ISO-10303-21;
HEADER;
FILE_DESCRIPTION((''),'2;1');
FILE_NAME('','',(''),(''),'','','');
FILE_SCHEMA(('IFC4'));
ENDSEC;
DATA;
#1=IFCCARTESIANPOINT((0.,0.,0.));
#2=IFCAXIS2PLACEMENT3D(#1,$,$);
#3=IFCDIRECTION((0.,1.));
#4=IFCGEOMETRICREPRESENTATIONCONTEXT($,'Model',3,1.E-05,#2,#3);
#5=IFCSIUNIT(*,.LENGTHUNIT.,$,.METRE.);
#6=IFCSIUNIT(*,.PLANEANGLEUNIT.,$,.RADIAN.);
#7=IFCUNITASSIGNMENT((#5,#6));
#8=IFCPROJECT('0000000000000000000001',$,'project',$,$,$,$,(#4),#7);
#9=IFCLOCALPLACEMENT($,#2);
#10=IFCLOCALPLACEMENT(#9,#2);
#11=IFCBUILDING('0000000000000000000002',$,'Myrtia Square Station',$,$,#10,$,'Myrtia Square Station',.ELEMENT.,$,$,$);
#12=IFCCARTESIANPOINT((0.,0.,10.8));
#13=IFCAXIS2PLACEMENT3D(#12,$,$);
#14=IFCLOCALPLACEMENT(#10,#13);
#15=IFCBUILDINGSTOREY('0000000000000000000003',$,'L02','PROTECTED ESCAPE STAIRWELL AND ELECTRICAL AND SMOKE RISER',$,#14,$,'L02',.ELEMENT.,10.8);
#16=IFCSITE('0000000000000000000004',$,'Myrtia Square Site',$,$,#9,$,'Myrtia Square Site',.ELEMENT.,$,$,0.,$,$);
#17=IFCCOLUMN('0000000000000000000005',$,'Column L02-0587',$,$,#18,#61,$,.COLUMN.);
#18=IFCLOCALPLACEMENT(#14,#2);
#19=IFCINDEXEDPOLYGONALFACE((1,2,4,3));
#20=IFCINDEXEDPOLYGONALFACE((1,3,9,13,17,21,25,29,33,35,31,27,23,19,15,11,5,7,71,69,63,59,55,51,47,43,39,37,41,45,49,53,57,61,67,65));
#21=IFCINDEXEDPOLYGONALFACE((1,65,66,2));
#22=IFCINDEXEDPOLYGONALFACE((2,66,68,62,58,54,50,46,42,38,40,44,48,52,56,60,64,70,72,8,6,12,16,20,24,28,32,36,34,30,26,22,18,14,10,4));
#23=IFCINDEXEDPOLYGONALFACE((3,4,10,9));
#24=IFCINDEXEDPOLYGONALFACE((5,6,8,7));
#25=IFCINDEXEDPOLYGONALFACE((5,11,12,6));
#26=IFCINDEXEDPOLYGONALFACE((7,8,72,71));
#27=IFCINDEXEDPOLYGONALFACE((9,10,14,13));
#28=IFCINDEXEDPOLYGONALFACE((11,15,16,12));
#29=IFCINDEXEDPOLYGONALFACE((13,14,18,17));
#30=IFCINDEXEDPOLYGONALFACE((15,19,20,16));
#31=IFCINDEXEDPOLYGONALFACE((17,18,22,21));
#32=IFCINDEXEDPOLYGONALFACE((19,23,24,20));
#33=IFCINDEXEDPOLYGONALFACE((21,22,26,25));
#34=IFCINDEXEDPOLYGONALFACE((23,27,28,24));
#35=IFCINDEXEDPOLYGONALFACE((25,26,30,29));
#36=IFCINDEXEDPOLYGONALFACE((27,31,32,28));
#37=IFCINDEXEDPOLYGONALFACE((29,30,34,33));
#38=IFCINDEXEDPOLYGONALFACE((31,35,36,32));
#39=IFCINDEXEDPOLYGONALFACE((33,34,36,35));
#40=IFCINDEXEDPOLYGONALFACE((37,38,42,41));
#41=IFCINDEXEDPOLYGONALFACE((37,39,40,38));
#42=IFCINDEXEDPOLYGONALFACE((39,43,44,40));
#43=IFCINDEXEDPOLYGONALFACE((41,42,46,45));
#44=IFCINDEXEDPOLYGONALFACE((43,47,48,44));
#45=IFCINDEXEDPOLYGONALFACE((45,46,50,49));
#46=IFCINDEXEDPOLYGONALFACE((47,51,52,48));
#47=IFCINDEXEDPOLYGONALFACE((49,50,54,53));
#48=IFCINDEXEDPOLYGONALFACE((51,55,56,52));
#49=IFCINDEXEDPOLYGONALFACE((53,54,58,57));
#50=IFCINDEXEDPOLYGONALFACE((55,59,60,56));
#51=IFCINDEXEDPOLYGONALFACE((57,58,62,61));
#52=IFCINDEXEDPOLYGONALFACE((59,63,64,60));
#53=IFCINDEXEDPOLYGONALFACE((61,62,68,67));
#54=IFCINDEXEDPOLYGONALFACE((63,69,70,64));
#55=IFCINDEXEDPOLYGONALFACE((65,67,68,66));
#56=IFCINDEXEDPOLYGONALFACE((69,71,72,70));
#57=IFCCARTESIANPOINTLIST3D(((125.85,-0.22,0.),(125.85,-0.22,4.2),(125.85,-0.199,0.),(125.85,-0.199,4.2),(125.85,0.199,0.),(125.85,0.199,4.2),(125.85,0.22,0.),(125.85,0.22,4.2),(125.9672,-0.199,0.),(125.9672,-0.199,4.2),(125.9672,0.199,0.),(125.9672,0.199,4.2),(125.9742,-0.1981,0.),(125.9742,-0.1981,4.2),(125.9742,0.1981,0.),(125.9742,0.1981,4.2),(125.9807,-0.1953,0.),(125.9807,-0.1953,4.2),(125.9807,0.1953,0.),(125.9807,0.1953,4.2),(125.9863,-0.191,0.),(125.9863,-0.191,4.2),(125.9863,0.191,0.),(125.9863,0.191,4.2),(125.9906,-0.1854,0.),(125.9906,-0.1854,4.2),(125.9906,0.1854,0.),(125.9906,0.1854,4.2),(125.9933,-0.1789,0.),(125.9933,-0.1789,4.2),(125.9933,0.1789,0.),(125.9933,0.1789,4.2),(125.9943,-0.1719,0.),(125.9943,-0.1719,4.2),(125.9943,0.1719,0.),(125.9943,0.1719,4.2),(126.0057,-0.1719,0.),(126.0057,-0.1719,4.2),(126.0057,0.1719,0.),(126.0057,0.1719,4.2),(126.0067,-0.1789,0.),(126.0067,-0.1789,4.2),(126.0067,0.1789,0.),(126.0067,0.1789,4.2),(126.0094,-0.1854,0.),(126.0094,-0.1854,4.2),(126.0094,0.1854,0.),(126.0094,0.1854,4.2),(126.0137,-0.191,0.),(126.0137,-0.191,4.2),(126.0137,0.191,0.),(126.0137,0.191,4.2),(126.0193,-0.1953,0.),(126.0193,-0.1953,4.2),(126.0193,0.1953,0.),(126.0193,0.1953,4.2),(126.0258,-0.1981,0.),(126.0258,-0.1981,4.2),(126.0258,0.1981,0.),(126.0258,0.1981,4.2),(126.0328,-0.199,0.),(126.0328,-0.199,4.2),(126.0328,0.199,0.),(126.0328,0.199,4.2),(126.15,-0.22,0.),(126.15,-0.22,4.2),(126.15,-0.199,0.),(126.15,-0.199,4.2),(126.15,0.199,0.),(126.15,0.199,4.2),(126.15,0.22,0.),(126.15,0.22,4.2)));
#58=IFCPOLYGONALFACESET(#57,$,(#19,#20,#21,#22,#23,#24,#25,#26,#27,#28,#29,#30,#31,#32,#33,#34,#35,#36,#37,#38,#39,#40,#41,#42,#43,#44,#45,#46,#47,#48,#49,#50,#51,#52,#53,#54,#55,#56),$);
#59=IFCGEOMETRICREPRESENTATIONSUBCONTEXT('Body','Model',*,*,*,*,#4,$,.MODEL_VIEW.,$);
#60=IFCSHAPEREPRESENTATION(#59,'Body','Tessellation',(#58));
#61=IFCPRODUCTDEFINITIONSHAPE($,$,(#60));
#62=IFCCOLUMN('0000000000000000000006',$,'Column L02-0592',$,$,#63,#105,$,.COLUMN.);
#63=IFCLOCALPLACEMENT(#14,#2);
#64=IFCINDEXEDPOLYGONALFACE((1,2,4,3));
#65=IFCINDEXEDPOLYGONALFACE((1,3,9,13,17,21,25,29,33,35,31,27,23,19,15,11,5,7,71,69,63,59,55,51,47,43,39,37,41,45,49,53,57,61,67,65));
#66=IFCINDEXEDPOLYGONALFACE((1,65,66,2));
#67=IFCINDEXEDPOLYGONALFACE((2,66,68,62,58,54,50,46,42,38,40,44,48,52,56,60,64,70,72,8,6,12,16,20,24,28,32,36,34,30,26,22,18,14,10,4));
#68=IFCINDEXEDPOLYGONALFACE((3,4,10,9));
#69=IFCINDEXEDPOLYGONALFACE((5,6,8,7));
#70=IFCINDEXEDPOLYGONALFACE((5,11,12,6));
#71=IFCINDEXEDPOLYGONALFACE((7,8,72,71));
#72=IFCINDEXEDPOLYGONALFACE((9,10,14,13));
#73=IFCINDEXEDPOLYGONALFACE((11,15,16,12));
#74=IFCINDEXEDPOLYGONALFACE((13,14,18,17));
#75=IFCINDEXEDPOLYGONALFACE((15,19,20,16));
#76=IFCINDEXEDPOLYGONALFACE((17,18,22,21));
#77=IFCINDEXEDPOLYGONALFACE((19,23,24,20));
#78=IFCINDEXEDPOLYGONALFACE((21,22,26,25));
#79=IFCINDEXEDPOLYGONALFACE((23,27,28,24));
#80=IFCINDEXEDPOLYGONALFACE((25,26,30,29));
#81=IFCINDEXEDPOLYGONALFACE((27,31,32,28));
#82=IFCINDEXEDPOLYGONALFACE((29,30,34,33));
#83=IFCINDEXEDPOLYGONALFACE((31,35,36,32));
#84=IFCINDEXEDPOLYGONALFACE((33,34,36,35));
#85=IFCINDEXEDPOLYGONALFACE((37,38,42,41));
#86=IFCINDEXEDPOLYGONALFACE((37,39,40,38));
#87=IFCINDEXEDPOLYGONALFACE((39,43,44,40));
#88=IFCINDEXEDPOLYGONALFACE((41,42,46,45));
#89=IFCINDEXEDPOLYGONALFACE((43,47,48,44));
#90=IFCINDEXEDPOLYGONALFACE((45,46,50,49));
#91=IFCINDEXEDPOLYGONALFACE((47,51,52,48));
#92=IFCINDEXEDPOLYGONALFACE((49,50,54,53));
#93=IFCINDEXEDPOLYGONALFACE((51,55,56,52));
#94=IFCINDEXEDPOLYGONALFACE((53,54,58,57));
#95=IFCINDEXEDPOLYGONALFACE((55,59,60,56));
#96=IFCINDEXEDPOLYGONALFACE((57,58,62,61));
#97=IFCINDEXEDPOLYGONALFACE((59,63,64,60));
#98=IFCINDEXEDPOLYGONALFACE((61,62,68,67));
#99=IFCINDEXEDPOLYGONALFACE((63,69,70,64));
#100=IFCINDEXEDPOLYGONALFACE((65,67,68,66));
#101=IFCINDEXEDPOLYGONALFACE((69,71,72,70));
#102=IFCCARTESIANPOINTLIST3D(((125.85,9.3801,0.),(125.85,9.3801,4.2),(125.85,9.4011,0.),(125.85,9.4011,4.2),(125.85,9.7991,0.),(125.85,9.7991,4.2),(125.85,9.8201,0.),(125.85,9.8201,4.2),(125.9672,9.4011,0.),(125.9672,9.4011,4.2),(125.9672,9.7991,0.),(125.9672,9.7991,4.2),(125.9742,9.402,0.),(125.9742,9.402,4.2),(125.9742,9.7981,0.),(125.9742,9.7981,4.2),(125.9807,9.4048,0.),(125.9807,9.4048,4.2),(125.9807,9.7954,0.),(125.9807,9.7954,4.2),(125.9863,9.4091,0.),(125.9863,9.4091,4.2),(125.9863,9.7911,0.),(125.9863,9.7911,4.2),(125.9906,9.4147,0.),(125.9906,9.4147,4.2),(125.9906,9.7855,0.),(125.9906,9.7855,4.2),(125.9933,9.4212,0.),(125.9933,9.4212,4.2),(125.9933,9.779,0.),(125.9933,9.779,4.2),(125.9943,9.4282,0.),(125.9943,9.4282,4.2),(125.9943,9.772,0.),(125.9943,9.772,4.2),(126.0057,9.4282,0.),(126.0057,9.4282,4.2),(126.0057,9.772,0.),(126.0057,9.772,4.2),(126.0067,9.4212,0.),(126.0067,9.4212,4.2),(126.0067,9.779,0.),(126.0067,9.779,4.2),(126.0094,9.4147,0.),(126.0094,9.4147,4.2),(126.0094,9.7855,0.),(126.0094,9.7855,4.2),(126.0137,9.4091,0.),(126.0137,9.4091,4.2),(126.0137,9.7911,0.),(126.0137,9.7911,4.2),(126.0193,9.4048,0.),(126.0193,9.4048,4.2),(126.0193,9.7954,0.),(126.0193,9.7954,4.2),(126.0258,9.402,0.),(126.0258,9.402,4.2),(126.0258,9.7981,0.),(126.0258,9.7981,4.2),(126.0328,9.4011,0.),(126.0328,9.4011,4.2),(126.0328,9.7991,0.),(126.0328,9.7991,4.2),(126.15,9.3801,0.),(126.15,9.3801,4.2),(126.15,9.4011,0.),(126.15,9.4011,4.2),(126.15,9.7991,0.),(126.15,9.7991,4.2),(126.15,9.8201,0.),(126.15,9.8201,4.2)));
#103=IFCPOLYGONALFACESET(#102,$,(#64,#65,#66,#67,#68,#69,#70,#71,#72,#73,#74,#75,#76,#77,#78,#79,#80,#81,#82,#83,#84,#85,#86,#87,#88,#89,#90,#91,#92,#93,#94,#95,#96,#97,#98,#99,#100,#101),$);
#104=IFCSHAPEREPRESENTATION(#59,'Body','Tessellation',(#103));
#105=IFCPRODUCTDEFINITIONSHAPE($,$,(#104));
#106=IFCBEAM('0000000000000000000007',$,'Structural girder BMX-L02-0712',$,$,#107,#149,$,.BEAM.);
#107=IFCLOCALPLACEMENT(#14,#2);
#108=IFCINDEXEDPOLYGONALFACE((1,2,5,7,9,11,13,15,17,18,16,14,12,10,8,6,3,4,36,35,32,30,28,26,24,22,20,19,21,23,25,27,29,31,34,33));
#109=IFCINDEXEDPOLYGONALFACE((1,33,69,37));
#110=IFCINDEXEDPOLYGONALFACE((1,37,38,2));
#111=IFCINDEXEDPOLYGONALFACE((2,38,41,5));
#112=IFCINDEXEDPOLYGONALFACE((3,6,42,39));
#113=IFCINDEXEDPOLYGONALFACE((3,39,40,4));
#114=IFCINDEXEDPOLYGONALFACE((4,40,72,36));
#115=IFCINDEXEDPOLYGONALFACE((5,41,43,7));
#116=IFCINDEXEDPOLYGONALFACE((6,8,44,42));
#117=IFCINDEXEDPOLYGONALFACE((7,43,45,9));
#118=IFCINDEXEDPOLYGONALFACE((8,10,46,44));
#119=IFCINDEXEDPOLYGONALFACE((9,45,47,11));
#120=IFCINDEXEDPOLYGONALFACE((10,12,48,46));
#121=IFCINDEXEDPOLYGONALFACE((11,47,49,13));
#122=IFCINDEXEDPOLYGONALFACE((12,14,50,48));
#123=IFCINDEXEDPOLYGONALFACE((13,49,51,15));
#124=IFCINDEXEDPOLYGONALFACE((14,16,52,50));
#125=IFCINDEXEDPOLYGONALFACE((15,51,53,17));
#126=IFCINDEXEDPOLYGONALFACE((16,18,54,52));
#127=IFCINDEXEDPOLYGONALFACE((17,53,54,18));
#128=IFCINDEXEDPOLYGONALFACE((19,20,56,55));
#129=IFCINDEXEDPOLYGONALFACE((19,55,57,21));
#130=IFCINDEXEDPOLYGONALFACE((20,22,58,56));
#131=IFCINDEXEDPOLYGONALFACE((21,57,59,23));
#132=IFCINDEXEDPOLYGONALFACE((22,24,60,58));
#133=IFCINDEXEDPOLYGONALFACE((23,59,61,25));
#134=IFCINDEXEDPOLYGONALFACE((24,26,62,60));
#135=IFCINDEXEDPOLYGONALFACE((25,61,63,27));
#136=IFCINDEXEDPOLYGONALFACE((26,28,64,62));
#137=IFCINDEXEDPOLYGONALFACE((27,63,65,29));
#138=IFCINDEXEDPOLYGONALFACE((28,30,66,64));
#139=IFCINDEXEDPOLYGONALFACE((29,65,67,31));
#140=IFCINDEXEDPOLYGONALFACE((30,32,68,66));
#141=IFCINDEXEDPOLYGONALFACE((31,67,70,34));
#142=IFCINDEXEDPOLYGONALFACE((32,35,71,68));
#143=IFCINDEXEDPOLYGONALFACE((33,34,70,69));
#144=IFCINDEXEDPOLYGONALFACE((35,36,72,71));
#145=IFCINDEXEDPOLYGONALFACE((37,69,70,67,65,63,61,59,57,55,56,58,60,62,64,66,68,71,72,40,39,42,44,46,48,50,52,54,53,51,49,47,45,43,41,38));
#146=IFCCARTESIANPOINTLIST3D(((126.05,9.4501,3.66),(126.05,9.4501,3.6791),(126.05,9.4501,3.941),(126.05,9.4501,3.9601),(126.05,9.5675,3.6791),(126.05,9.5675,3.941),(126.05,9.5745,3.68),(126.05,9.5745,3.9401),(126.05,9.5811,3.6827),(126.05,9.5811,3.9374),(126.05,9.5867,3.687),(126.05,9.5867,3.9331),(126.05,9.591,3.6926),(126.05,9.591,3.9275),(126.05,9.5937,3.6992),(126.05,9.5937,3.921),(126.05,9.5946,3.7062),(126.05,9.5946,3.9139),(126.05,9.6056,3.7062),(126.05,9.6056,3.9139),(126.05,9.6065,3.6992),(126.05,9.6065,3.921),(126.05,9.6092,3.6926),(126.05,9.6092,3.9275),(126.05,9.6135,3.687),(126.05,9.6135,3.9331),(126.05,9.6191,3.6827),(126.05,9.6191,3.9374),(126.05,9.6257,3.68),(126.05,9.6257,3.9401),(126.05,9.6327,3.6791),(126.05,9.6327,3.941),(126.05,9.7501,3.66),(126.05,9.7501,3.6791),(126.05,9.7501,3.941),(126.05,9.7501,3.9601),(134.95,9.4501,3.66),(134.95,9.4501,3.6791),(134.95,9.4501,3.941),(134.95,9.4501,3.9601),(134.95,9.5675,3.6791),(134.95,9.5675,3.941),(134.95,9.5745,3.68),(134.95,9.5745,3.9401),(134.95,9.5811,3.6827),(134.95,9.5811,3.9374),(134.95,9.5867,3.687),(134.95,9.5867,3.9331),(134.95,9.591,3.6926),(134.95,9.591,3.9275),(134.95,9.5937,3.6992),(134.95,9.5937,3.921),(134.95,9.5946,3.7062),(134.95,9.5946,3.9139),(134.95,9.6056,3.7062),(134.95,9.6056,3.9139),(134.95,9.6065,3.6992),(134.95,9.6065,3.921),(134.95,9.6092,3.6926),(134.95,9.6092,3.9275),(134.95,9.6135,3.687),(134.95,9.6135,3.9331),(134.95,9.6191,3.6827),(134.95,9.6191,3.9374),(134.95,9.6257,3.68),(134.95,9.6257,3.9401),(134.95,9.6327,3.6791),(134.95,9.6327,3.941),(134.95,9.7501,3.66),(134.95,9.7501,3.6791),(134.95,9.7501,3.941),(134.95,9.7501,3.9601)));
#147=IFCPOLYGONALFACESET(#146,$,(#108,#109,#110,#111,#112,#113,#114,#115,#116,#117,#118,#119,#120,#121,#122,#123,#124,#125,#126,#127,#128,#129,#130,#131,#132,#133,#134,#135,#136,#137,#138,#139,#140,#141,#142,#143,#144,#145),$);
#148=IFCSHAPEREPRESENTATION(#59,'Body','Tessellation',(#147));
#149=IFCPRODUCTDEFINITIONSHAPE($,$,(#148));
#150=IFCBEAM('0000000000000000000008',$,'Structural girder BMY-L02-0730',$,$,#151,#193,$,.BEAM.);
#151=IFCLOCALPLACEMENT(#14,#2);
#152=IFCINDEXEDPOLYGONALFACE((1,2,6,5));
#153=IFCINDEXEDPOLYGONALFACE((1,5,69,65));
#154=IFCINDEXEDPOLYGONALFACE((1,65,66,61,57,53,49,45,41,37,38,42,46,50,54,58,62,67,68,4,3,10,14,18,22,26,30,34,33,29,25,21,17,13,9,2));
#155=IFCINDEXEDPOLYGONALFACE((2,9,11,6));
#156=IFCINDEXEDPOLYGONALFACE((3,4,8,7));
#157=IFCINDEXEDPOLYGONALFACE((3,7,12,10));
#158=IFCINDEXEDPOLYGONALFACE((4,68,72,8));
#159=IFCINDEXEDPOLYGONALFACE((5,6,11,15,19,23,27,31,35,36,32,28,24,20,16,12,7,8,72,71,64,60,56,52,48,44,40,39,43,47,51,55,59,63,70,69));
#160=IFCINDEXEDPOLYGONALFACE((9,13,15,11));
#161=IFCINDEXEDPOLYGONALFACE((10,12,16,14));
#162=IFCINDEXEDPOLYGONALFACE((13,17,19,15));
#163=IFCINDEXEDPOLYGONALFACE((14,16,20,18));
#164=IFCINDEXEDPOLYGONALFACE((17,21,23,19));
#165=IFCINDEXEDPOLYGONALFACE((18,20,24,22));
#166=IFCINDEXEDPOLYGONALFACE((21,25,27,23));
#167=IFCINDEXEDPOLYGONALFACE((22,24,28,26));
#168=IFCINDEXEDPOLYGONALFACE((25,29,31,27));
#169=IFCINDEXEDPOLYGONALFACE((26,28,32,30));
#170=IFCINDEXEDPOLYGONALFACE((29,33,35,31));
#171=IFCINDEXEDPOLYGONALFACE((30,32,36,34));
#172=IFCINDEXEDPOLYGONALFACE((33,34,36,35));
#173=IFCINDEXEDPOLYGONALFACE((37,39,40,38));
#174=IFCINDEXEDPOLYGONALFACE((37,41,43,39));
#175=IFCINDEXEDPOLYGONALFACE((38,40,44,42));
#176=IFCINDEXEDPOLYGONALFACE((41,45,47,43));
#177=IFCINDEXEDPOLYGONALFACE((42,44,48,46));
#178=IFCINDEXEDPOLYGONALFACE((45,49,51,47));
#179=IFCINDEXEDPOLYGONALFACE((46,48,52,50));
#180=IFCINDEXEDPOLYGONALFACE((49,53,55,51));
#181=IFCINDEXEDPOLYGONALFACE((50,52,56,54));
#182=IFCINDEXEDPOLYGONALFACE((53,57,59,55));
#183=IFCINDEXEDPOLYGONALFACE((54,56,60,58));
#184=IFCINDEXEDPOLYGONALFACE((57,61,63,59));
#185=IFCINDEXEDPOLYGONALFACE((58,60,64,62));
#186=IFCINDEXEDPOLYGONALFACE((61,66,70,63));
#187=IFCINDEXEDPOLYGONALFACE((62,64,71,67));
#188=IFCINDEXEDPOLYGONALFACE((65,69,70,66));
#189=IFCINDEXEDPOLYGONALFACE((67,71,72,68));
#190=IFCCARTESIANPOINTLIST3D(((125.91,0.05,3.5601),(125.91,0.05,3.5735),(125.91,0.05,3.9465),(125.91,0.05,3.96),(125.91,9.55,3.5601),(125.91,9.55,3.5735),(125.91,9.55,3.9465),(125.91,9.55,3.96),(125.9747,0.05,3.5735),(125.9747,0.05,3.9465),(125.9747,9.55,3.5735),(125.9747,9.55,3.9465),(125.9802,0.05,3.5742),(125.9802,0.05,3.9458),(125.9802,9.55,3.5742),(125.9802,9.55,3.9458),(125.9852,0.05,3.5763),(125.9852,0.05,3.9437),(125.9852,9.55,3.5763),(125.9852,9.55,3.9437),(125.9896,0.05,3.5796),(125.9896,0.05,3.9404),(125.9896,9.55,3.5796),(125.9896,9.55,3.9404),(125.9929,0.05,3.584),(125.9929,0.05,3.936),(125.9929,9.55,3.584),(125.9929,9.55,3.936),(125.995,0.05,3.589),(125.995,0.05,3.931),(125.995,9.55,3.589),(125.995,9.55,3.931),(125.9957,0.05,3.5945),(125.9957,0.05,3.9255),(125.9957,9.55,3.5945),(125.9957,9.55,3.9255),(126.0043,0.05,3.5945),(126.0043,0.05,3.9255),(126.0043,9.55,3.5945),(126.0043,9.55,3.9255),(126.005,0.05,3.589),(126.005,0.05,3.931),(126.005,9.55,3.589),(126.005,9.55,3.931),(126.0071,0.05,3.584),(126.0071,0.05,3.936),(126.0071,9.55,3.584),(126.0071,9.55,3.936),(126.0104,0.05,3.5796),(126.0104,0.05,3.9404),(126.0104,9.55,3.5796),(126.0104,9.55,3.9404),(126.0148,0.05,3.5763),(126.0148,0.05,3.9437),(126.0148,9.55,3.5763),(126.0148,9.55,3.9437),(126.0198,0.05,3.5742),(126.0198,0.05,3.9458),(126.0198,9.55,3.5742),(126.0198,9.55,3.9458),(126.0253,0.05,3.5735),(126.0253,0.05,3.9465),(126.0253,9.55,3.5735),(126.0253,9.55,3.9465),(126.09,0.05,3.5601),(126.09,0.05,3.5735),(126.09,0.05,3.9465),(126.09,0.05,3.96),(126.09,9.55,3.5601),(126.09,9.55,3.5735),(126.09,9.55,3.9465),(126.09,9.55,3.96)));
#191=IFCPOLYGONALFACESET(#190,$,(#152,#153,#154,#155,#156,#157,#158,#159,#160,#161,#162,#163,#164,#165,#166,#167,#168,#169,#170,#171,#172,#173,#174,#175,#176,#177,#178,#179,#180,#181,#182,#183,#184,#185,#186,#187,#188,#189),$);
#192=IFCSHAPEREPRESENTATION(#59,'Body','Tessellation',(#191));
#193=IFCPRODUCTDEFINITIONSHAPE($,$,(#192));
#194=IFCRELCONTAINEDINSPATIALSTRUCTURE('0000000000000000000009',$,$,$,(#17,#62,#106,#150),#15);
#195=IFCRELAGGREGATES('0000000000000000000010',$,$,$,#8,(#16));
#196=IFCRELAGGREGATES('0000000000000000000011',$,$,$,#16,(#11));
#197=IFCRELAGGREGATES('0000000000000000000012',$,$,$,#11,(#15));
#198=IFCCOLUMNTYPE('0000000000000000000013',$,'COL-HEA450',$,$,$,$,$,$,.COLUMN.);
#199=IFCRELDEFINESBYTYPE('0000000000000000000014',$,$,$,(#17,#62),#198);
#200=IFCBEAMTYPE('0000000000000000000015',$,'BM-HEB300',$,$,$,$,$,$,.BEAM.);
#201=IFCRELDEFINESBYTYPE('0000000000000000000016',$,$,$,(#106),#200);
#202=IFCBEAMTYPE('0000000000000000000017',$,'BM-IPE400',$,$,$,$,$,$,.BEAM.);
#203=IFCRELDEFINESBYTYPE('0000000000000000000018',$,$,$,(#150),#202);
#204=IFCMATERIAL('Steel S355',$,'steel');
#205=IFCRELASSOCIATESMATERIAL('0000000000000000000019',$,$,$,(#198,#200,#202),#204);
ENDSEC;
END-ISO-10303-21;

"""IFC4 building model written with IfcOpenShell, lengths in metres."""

from ifc_helpers import new_model, si_unit, direction, frame, origin, origin_2d, place, context, subcontext, project, spatial, i_section, extrude, material, material_profile, profile_set, type_object, element, save


model = new_model("IFC4")

# Units and contexts
model_context = context("Model", 3, precision=1e-05, world=origin(), true_north=direction((0.0, 1.0)))
body_context = subcontext(model_context, "Body", "Model", "MODEL_VIEW")
ifc_project = project(units=[si_unit("LENGTHUNIT", "METRE"), si_unit("PLANEANGLEUNIT", "RADIAN")], contexts=[model_context])

# Site, building, storey
site_placement = place(None, origin())
site = spatial("IfcSite", under=ifc_project, at=site_placement, Name="Myrtia Square Site", LongName="Myrtia Square Site", CompositionType="ELEMENT", RefElevation=0.0)
building_placement = place(site_placement, origin())
building = spatial("IfcBuilding", under=site, at=building_placement, Name="Myrtia Square Station", LongName="Myrtia Square Station", CompositionType="ELEMENT")
storey_placement = place(building_placement, frame((0.0, 0.0, 10.8)))
storey = spatial("IfcBuildingStorey", under=building, at=storey_placement, Name="L02", Description="PROTECTED ESCAPE STAIRWELL AND ELECTRICAL AND SMOKE RISER", LongName="L02", CompositionType="ELEMENT", Elevation=10.8)

# Columns
ifc_material_1 = material(Name="Steel S355", Category="steel")
ifc_material_profile_1 = material_profile(ifc_material_1, i_section(OverallWidth=0.3, OverallDepth=0.4399, WebThickness=0.0115, FlangeThickness=0.021, FilletRadius=0.0271, at=origin_2d()), Name="HEA 450")
ifc_profile_set_1 = profile_set([ifc_material_profile_1], Name="Steel S355")
column_type = type_object("IfcColumnType", Name="COL-HEA450", PredefinedType="COLUMN", material=ifc_profile_set_1)
for number, where, z_axis, x_axis, name in (
    (1, (126.0, 0.0, 0.0), (0.0, 0.0, 1.0), (1.0, 0.0, 0.0), "Column L02-0587"),
    (2, (126.0, 9.6001, 0.0), (0.0, 0.0, 1.0), (1.0, 0.0, 0.0), "Column L02-0592"),
):
    element("IfcColumn", number, at=place(storey_placement, frame(where, z_axis=z_axis, x_axis=x_axis)), inside=storey, type_object=column_type, Name=name, PredefinedType="COLUMN", context=body_context, shape_type="SweptSolid", body=[
        extrude(i_section(OverallWidth=0.3, OverallDepth=0.4399, WebThickness=0.0115, FlangeThickness=0.021, FilletRadius=0.0271, at=origin_2d()), origin(), (0.0, 0.0, 1.0), 4.2),
    ])

# Beams
ifc_material_profile_2 = material_profile(ifc_material_1, i_section(OverallWidth=0.3, OverallDepth=0.3, WebThickness=0.011, FlangeThickness=0.019, FilletRadius=0.0271, at=origin_2d()), Name="HEB 300")
ifc_profile_set_2 = profile_set([ifc_material_profile_2], Name="Steel S355")
beam_type_1 = type_object("IfcBeamType", Name="BM-HEB300", PredefinedType="BEAM", material=ifc_profile_set_2)
beam_1_placement = place(storey_placement, frame((126.05, 9.6001, 3.8101), z_axis=(1.0, 0.0, 0.0), x_axis=(0.0, 1.0, 0.0)))
element("IfcBeam", 3, at=beam_1_placement, inside=storey, type_object=beam_type_1, Name="Structural girder BMX-L02-0712", PredefinedType="BEAM", context=body_context, shape_type="SweptSolid", body=[
    extrude(i_section(OverallWidth=0.3, OverallDepth=0.3, WebThickness=0.011, FlangeThickness=0.019, FilletRadius=0.0271, at=origin_2d()), origin(), (0.0, 0.0, 1.0), 8.8999),
])
ifc_material_profile_3 = material_profile(ifc_material_1, i_section(OverallWidth=0.1799, OverallDepth=0.3999, WebThickness=0.0085, FlangeThickness=0.0134, FilletRadius=0.021, at=origin_2d()), Name="IPE 400")
ifc_profile_set_3 = profile_set([ifc_material_profile_3], Name="Steel S355")
beam_type_2 = type_object("IfcBeamType", Name="BM-IPE400", PredefinedType="BEAM", material=ifc_profile_set_3)
for number, where, z_axis, x_axis, name in (
    (4, (126.0, 0.05, 3.76), (0.0, 1.0, 0.0), (-1.0, 0.0, 0.0), "Structural girder BMY-L02-0730"),
):
    element("IfcBeam", number, at=place(storey_placement, frame(where, z_axis=z_axis, x_axis=x_axis)), inside=storey, type_object=beam_type_2, Name=name, PredefinedType="BEAM", context=body_context, shape_type="SweptSolid", body=[
        extrude(i_section(OverallWidth=0.1799, OverallDepth=0.3999, WebThickness=0.0085, FlangeThickness=0.0134, FilletRadius=0.021, at=origin_2d()), origin(), (0.0, 0.0, 1.0), 9.5),
    ])

save(model, "model.ifc")
